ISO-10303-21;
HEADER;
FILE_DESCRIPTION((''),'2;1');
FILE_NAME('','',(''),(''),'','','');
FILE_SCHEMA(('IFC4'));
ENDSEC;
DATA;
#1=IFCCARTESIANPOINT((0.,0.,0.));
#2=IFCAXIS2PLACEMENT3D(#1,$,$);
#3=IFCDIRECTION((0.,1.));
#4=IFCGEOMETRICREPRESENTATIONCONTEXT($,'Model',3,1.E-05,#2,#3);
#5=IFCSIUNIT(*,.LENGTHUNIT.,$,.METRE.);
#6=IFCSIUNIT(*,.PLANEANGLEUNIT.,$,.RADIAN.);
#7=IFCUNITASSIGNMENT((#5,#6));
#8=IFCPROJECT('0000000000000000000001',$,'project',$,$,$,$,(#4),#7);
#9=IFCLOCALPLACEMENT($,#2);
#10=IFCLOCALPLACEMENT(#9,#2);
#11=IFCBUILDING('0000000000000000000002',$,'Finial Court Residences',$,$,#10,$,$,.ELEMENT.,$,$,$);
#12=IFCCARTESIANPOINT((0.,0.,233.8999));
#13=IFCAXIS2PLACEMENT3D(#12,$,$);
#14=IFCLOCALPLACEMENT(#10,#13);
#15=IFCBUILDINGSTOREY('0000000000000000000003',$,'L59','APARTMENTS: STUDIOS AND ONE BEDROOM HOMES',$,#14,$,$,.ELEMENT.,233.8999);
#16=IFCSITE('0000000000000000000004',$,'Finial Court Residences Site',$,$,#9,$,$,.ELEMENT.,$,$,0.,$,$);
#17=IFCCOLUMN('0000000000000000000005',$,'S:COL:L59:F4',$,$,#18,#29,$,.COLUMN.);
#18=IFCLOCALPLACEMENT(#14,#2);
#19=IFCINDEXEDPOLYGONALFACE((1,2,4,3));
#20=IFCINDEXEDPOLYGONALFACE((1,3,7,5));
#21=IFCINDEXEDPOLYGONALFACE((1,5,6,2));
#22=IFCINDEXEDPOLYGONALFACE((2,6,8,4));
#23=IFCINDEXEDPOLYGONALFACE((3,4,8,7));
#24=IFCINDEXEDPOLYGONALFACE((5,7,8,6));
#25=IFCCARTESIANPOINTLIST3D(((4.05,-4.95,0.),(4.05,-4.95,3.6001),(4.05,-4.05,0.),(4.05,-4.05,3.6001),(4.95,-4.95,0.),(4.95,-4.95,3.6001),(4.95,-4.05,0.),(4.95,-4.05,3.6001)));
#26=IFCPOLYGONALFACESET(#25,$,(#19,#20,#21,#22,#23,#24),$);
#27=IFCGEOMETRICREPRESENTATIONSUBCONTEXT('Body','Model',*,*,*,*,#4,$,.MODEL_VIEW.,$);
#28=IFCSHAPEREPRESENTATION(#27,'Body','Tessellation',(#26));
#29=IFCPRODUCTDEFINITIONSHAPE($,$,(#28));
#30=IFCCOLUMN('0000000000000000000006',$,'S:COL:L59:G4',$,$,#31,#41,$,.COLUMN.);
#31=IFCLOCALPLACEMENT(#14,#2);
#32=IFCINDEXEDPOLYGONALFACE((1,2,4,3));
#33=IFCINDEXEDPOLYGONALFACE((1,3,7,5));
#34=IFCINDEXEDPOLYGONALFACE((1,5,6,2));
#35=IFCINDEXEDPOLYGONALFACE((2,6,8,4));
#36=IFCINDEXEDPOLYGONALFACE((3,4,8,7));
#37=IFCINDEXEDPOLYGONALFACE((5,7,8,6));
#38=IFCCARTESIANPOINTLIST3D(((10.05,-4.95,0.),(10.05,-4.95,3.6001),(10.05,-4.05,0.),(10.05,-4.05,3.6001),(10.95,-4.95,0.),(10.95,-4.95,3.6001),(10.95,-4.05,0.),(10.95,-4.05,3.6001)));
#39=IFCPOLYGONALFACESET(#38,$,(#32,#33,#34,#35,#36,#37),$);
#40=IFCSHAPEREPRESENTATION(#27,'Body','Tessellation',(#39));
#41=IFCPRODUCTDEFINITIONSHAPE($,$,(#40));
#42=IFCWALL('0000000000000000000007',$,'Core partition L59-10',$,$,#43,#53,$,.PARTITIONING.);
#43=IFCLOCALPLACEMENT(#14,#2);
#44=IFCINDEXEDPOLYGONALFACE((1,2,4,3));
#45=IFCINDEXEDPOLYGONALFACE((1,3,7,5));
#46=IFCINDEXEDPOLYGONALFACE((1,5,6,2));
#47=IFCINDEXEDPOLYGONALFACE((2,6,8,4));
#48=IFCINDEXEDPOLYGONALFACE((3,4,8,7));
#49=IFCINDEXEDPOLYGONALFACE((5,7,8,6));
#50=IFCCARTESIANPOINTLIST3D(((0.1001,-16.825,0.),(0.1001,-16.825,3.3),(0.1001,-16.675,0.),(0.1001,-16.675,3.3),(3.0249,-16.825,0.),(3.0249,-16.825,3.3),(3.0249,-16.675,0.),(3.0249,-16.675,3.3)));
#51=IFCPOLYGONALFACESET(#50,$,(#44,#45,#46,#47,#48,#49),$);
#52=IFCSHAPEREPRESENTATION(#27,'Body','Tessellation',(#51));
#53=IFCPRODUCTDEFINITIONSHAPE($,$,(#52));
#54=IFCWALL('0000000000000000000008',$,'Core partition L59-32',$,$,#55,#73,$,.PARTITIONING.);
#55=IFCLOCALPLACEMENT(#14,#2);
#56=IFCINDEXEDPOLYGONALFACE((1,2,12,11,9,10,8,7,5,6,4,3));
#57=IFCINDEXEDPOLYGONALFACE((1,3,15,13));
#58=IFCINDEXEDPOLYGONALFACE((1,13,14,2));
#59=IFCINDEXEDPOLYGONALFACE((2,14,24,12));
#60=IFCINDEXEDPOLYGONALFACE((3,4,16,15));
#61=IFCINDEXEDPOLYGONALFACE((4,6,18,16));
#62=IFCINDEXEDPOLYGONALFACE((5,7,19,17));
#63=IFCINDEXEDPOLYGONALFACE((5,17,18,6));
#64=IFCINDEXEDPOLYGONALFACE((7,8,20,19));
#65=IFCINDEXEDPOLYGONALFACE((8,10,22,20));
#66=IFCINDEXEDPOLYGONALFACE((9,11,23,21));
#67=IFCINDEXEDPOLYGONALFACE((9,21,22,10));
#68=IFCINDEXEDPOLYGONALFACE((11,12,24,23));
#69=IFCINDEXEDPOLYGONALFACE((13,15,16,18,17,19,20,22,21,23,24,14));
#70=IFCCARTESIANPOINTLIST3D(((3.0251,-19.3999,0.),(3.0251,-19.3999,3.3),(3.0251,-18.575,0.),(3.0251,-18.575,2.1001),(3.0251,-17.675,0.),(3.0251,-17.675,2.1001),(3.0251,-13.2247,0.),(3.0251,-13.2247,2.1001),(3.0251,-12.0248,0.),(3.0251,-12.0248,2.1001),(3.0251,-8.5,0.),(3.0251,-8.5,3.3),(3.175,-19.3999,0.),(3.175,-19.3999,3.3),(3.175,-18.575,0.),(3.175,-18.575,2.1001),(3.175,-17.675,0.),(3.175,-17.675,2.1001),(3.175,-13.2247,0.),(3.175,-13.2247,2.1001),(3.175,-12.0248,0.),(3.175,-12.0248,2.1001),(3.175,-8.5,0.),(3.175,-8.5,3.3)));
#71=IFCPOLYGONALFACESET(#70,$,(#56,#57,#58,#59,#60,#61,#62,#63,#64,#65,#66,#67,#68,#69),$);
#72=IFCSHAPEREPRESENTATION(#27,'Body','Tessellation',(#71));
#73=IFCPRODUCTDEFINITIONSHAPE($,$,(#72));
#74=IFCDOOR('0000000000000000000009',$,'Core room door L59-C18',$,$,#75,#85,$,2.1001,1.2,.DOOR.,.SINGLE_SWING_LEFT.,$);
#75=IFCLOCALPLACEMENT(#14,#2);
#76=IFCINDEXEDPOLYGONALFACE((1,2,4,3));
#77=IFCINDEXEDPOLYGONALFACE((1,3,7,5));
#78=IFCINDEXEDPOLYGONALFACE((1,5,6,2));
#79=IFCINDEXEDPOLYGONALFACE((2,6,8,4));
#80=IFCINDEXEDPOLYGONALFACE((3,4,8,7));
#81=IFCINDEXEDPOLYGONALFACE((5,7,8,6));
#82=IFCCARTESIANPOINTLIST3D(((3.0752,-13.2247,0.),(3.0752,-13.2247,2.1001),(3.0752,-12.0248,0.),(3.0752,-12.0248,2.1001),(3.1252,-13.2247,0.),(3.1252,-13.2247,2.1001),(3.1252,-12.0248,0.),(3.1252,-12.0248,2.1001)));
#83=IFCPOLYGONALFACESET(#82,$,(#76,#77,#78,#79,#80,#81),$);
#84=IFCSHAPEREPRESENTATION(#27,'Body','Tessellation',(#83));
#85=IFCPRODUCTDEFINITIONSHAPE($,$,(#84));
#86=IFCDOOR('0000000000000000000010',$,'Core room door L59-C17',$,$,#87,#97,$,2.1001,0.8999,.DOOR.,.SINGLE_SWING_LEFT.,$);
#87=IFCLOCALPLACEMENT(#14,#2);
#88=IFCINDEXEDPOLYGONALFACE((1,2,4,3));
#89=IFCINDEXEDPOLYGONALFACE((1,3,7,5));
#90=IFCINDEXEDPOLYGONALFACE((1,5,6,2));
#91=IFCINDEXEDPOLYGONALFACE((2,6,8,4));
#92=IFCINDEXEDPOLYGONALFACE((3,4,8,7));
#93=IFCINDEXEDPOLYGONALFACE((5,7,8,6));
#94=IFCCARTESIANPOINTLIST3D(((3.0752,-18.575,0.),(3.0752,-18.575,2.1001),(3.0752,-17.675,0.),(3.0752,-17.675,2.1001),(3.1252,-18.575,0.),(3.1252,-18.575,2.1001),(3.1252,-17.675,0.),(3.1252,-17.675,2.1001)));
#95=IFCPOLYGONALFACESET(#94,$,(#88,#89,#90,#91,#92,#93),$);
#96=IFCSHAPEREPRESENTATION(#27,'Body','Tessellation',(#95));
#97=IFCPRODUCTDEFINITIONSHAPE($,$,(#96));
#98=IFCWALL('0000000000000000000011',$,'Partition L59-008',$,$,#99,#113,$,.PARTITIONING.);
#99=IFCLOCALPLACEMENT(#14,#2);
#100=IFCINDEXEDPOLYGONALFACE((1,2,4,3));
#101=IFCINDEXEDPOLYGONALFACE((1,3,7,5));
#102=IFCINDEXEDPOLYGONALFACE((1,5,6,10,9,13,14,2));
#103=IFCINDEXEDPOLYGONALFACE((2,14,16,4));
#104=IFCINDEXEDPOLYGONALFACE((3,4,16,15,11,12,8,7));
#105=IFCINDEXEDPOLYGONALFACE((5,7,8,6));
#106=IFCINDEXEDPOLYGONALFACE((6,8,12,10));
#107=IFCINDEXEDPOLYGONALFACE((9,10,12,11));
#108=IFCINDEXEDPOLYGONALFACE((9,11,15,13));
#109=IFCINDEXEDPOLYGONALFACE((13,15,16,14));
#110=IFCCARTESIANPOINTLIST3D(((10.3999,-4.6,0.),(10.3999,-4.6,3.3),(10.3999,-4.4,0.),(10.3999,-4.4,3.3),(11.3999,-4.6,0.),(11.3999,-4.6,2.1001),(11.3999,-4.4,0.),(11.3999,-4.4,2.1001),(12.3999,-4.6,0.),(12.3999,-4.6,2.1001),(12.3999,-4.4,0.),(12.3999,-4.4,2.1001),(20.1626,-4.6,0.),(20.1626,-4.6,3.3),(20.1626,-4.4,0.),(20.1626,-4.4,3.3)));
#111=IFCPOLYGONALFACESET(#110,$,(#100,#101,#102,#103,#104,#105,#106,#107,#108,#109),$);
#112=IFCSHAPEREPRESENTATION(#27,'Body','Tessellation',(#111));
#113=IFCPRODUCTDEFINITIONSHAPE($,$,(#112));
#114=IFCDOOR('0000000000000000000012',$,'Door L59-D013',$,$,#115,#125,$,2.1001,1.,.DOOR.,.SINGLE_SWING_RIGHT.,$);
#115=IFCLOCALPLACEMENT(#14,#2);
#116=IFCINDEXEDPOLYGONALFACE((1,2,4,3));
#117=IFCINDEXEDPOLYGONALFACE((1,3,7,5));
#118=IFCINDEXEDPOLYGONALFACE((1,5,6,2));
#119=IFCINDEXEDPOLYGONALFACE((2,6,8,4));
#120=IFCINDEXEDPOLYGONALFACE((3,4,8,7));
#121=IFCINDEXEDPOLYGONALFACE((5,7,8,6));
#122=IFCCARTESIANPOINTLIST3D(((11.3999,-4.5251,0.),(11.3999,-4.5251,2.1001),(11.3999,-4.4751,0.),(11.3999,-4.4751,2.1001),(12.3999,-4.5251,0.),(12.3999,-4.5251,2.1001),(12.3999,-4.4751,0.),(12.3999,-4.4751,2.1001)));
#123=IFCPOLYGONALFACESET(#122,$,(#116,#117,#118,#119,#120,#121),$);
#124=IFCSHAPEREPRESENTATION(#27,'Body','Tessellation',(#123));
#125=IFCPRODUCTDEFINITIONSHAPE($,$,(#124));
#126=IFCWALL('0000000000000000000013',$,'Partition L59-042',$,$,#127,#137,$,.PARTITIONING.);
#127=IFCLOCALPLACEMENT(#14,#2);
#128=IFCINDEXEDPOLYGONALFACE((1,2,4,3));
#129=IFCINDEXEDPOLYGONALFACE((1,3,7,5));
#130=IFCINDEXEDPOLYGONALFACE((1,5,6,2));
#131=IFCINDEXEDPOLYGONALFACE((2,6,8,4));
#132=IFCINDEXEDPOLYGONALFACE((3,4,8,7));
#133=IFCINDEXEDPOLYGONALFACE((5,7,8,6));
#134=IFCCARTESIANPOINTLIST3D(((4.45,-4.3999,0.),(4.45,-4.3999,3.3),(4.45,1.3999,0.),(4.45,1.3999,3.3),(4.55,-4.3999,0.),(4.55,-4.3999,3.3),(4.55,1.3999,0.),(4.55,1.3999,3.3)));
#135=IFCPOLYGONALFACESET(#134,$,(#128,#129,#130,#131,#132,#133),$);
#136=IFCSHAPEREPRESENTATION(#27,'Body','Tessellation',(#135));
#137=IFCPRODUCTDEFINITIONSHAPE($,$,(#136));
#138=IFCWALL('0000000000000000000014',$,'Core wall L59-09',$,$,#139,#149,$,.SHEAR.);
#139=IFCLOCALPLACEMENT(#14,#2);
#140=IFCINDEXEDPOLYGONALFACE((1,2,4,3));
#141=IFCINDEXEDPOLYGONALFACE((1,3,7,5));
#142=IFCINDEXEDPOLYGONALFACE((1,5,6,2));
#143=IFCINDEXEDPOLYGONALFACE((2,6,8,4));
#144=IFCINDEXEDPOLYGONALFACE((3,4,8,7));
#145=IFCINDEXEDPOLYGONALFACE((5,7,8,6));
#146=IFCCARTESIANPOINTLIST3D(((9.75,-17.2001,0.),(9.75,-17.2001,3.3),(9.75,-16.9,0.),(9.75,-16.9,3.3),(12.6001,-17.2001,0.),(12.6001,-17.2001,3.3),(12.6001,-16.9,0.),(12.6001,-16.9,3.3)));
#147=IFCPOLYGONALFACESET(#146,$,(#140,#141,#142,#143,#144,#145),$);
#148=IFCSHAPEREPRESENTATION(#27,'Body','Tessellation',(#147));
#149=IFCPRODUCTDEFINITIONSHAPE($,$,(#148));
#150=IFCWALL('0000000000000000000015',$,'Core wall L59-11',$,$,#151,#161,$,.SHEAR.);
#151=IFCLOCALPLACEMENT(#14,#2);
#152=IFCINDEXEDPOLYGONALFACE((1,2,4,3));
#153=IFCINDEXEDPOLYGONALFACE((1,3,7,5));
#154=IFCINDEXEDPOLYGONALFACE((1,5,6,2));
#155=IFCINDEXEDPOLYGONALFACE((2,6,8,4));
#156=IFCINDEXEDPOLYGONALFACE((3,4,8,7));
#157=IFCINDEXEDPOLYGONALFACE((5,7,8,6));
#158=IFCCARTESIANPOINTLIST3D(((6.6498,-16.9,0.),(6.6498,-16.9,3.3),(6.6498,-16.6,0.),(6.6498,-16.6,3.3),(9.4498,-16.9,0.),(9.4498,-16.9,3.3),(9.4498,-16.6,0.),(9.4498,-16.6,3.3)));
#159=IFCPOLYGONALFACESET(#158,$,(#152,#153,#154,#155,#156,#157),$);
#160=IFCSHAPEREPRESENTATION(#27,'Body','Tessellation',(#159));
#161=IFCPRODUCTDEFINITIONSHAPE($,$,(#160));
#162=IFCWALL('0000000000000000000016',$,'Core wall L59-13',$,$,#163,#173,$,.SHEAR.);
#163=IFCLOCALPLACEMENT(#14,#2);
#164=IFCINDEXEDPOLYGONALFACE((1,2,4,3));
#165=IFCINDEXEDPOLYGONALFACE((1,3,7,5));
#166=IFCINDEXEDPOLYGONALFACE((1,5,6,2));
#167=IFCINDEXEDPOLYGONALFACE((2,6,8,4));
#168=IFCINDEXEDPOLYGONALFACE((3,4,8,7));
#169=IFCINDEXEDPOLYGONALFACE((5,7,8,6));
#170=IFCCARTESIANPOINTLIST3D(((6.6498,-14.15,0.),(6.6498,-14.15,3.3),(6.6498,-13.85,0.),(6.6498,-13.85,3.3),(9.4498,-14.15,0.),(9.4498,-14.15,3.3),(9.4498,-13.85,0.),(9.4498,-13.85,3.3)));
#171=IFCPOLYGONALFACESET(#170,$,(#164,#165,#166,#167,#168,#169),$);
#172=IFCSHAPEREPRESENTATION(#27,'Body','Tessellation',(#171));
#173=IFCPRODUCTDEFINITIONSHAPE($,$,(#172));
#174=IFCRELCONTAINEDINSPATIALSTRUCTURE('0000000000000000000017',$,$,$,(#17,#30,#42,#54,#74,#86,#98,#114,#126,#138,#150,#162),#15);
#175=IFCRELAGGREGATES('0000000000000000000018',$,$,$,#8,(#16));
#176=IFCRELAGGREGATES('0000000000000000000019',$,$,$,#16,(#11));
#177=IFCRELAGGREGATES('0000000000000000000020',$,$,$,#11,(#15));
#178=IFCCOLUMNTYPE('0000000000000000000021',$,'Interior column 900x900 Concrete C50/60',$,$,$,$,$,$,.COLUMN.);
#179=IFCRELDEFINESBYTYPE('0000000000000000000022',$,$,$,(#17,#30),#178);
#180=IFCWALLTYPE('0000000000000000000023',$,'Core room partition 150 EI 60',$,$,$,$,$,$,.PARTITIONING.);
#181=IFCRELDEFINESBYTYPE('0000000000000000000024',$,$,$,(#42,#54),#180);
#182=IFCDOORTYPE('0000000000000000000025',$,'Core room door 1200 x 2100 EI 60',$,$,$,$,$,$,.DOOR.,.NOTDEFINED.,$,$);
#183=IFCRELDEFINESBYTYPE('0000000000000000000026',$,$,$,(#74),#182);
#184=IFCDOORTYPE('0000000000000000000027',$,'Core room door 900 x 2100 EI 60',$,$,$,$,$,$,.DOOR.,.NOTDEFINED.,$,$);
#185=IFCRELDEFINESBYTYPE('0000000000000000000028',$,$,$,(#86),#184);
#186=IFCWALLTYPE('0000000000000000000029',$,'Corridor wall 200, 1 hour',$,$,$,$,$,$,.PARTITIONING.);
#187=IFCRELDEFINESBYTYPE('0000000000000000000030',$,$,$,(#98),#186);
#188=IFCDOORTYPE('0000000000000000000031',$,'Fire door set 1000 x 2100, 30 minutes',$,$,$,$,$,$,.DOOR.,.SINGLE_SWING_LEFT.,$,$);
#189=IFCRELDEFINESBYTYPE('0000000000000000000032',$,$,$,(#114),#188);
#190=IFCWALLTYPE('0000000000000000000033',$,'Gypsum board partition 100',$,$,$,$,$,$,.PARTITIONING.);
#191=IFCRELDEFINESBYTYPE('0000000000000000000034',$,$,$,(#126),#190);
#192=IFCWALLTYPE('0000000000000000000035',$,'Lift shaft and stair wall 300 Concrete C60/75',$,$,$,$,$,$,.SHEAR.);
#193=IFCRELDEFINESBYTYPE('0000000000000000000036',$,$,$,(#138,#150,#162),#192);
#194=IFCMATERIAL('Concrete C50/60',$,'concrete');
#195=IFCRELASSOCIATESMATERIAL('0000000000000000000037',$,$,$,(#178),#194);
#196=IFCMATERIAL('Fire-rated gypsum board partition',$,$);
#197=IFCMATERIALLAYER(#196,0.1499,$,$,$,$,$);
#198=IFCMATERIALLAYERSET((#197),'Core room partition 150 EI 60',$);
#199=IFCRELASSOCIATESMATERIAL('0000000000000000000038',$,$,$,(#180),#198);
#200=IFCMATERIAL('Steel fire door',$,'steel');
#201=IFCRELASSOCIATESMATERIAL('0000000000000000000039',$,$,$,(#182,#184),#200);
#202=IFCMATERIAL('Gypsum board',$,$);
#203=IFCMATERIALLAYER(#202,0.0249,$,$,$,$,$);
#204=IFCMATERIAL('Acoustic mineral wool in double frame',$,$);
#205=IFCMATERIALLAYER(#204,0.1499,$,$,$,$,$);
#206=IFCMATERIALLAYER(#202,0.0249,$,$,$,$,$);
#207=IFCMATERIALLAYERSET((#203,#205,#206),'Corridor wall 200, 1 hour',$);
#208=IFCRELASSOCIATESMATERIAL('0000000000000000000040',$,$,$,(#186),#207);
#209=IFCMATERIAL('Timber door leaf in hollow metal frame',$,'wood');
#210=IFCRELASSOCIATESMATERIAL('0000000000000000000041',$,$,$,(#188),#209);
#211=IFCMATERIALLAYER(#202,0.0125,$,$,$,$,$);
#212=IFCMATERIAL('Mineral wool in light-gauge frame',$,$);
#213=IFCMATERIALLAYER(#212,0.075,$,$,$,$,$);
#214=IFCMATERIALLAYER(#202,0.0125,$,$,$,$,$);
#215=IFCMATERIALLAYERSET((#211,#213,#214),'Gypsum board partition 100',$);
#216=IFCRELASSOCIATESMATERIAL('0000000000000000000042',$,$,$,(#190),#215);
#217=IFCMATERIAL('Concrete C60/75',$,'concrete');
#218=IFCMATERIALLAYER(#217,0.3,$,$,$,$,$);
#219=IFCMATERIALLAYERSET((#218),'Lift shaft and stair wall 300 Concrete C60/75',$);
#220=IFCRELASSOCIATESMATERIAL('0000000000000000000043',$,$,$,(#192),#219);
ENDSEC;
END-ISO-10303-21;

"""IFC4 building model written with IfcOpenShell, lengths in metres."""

from ifc_helpers import new_model, si_unit, direction, frame, frame_2d, origin, origin_2d, place, context, subcontext, project, spatial, rectangle, extrude, material, layer, layer_set, material_profile, profile_set, type_object, element, fill, save


model = new_model("IFC4")

# Units and contexts
model_context = context("Model", 3, precision=1e-05, world=origin(), true_north=direction((0.0, 1.0)))
body_context = subcontext(model_context, "Body", "Model", "MODEL_VIEW")
ifc_project = project(units=[si_unit("LENGTHUNIT", "METRE"), si_unit("PLANEANGLEUNIT", "RADIAN")], contexts=[model_context])

# Site, building, storey
site_placement = place(None, origin())
site = spatial("IfcSite", under=ifc_project, at=site_placement, Name="Finial Court Residences Site", CompositionType="ELEMENT", RefElevation=0.0)
building_placement = place(site_placement, origin())
building = spatial("IfcBuilding", under=site, at=building_placement, Name="Finial Court Residences", CompositionType="ELEMENT")
storey_placement = place(building_placement, frame((0.0, 0.0, 233.8999)))
storey = spatial("IfcBuildingStorey", under=building, at=storey_placement, Name="L59", Description="APARTMENTS: STUDIOS AND ONE BEDROOM HOMES", CompositionType="ELEMENT", Elevation=233.8999)

# Columns
ifc_material_1 = material(Name="Concrete C50/60", Category="concrete")
ifc_material_profile = material_profile(ifc_material_1, rectangle(XDim=0.8999, YDim=0.8999, at=origin_2d()), Name="900x900")
ifc_profile_set = profile_set([ifc_material_profile], Name="Concrete C50/60")
column_type = type_object("IfcColumnType", Name="Interior column 900x900 Concrete C50/60", PredefinedType="COLUMN", material=ifc_profile_set)
for number, where, z_axis, x_axis, name in (
    (1, (4.5, -4.5, 0.0), (0.0, 0.0, 1.0), (1.0, 0.0, 0.0), "S:COL:L59:F4"),
    (2, (10.5, -4.5, 0.0), (0.0, 0.0, 1.0), (1.0, 0.0, 0.0), "S:COL:L59:G4"),
):
    element("IfcColumn", number, at=place(storey_placement, frame(where, z_axis=z_axis, x_axis=x_axis)), inside=storey, type_object=column_type, Name=name, PredefinedType="COLUMN", context=body_context, shape_type="SweptSolid", body=[
        extrude(rectangle(XDim=0.8999, YDim=0.8999, at=origin_2d()), origin(), (0.0, 0.0, 1.0), 3.6001),
    ])

# Wall
ifc_material_2 = material(Name="Fire-rated gypsum board partition")
ifc_layer_1 = layer(ifc_material_2, 0.1499)
ifc_layer_set_1 = layer_set([ifc_layer_1], Name="Core room partition 150 EI 60")
wall_type_1 = type_object("IfcWallType", Name="Core room partition 150 EI 60", PredefinedType="PARTITIONING", material=ifc_layer_set_1)
wall_1_placement = place(storey_placement, frame((0.1001, -16.75, 0.0), z_axis=(0.0, 0.0, 1.0), x_axis=(1.0, 0.0, 0.0)))
element("IfcWall", 3, at=wall_1_placement, inside=storey, type_object=wall_type_1, Name="Core partition L59-10", PredefinedType="PARTITIONING", context=body_context, shape_type="SweptSolid", body=[
    extrude(rectangle(XDim=2.9248, YDim=0.1499, at=frame_2d((1.4624, 0.0))), origin(), (0.0, 0.0, 1.0), 3.3),
])

# Wall, openings, doors
wall_2_placement = place(storey_placement, frame((3.1001, -19.3999, 0.0), z_axis=(0.0, 0.0, 1.0), x_axis=(0.0, 1.0, 0.0)))
wall_2 = element("IfcWall", 4, at=wall_2_placement, inside=storey, type_object=wall_type_1, Name="Core partition L59-32", PredefinedType="PARTITIONING", context=body_context, shape_type="SweptSolid", body=[
    extrude(rectangle(XDim=10.8999, YDim=0.1499, at=frame_2d((5.45, 0.0))), origin(), (0.0, 0.0, 1.0), 3.3),
])
opening_1_placement = place(wall_2_placement, frame((0.825, 0.0, 0.0)))
opening_1 = element("IfcOpeningElement", 5, at=opening_1_placement, cuts=wall_2, PredefinedType="OPENING", context=body_context, shape_type="SweptSolid", body=[
    extrude(rectangle(XDim=0.8999, YDim=2.1001, at=frame_2d((0.45, 1.05))), frame((0.0, 0.085, 0.0), z_axis=(0.0, -1.0, 0.0), x_axis=(1.0, 0.0, 0.0)), (0.0, 0.0, 1.0), 0.1699),
])
opening_2_placement = place(wall_2_placement, frame((6.175, 0.0, 0.0)))
opening_2 = element("IfcOpeningElement", 6, at=opening_2_placement, cuts=wall_2, PredefinedType="OPENING", context=body_context, shape_type="SweptSolid", body=[
    extrude(rectangle(XDim=1.2, YDim=2.1001, at=frame_2d((0.6001, 1.05))), frame((0.0, 0.085, 0.0), z_axis=(0.0, -1.0, 0.0), x_axis=(1.0, 0.0, 0.0)), (0.0, 0.0, 1.0), 0.1699),
])
ifc_material_3 = material(Name="Steel fire door", Category="steel")
door_type_1 = type_object("IfcDoorType", Name="Core room door 1200 x 2100 EI 60", OperationType="NOTDEFINED", PredefinedType="DOOR", material=ifc_material_3)
door_1_placement = place(opening_2_placement, origin())
door_1 = element("IfcDoor", 7, at=door_1_placement, inside=storey, type_object=door_type_1, Name="Core room door L59-C18", OperationType="SINGLE_SWING_LEFT", OverallHeight=2.1001, OverallWidth=1.2, PredefinedType="DOOR", context=body_context, shape_type="SweptSolid", body=[
    extrude(rectangle(XDim=1.2, YDim=2.1001, at=frame_2d((0.6001, 1.05))), frame((0.0, 0.0249, 0.0), z_axis=(0.0, -1.0, 0.0), x_axis=(1.0, 0.0, 0.0)), (0.0, 0.0, 1.0), 0.05),
])
fill(opening_2, door_1)
door_type_2 = type_object("IfcDoorType", Name="Core room door 900 x 2100 EI 60", OperationType="NOTDEFINED", PredefinedType="DOOR", material=ifc_material_3)
door_2_placement = place(opening_1_placement, origin())
door_2 = element("IfcDoor", 8, at=door_2_placement, inside=storey, type_object=door_type_2, Name="Core room door L59-C17", OperationType="SINGLE_SWING_LEFT", OverallHeight=2.1001, OverallWidth=0.8999, PredefinedType="DOOR", context=body_context, shape_type="SweptSolid", body=[
    extrude(rectangle(XDim=0.8999, YDim=2.1001, at=frame_2d((0.45, 1.05))), frame((0.0, 0.0249, 0.0), z_axis=(0.0, -1.0, 0.0), x_axis=(1.0, 0.0, 0.0)), (0.0, 0.0, 1.0), 0.05),
])
fill(opening_1, door_2)

# Wall, opening, door
ifc_material_4 = material(Name="Gypsum board")
ifc_layer_2 = layer(ifc_material_4, 0.0249)
ifc_material_5 = material(Name="Acoustic mineral wool in double frame")
ifc_layer_3 = layer(ifc_material_5, 0.1499)
ifc_layer_4 = layer(ifc_material_4, 0.0249)
ifc_layer_set_2 = layer_set([ifc_layer_2, ifc_layer_3, ifc_layer_4], Name="Corridor wall 200, 1 hour")
wall_type_2 = type_object("IfcWallType", Name="Corridor wall 200, 1 hour", PredefinedType="PARTITIONING", material=ifc_layer_set_2)
wall_3_placement = place(storey_placement, frame((10.3999, -4.5, 0.0), z_axis=(0.0, 0.0, 1.0), x_axis=(1.0, 0.0, 0.0)))
wall_3 = element("IfcWall", 9, at=wall_3_placement, inside=storey, type_object=wall_type_2, Name="Partition L59-008", PredefinedType="PARTITIONING", context=body_context, shape_type="SweptSolid", body=[
    extrude(rectangle(XDim=9.7627, YDim=0.2, at=frame_2d((4.8813, 0.0))), origin(), (0.0, 0.0, 1.0), 3.3),
])
opening_3_placement = place(wall_3_placement, frame((1.0, 0.0, 0.0)))
opening_3 = element("IfcOpeningElement", 10, at=opening_3_placement, cuts=wall_3, PredefinedType="OPENING", context=body_context, shape_type="SweptSolid", body=[
    extrude(rectangle(XDim=1.0, YDim=2.1001, at=frame_2d((0.5, 1.05))), frame((0.0, 0.1099, 0.0), z_axis=(0.0, -1.0, 0.0), x_axis=(1.0, 0.0, 0.0)), (0.0, 0.0, 1.0), 0.22),
])
ifc_material_6 = material(Name="Timber door leaf in hollow metal frame", Category="wood")
door_type_3 = type_object("IfcDoorType", Name="Fire door set 1000 x 2100, 30 minutes", OperationType="SINGLE_SWING_LEFT", PredefinedType="DOOR", material=ifc_material_6)
door_3_placement = place(opening_3_placement, origin())
door_3 = element("IfcDoor", 11, at=door_3_placement, inside=storey, type_object=door_type_3, Name="Door L59-D013", OperationType="SINGLE_SWING_RIGHT", OverallHeight=2.1001, OverallWidth=1.0, PredefinedType="DOOR", context=body_context, shape_type="SweptSolid", body=[
    extrude(rectangle(XDim=1.0, YDim=2.1001, at=frame_2d((0.5, 1.05))), frame((0.0, 0.0249, 0.0), z_axis=(0.0, -1.0, 0.0), x_axis=(1.0, 0.0, 0.0)), (0.0, 0.0, 1.0), 0.05),
])
fill(opening_3, door_3)

# Walls
ifc_layer_5 = layer(ifc_material_4, 0.0125)
ifc_material_7 = material(Name="Mineral wool in light-gauge frame")
ifc_layer_6 = layer(ifc_material_7, 0.075)
ifc_layer_7 = layer(ifc_material_4, 0.0125)
ifc_layer_set_3 = layer_set([ifc_layer_5, ifc_layer_6, ifc_layer_7], Name="Gypsum board partition 100")
wall_type_3 = type_object("IfcWallType", Name="Gypsum board partition 100", PredefinedType="PARTITIONING", material=ifc_layer_set_3)
wall_4_placement = place(storey_placement, frame((4.5, -4.3999, 0.0), z_axis=(0.0, 0.0, 1.0), x_axis=(0.0, 1.0, 0.0)))
element("IfcWall", 12, at=wall_4_placement, inside=storey, type_object=wall_type_3, Name="Partition L59-042", PredefinedType="PARTITIONING", context=body_context, shape_type="SweptSolid", body=[
    extrude(rectangle(XDim=5.7998, YDim=0.1001, at=frame_2d((2.8999, 0.0))), origin(), (0.0, 0.0, 1.0), 3.3),
])
ifc_material_8 = material(Name="Concrete C60/75", Category="concrete")
ifc_layer_8 = layer(ifc_material_8, 0.3)
ifc_layer_set_4 = layer_set([ifc_layer_8], Name="Lift shaft and stair wall 300 Concrete C60/75")
wall_type_4 = type_object("IfcWallType", Name="Lift shaft and stair wall 300 Concrete C60/75", PredefinedType="SHEAR", material=ifc_layer_set_4)
wall_5_placement = place(storey_placement, frame((9.75, -17.05, 0.0), z_axis=(0.0, 0.0, 1.0), x_axis=(1.0, 0.0, 0.0)))
element("IfcWall", 13, at=wall_5_placement, inside=storey, type_object=wall_type_4, Name="Core wall L59-09", PredefinedType="SHEAR", context=body_context, shape_type="SweptSolid", body=[
    extrude(rectangle(XDim=2.8501, YDim=0.3, at=frame_2d((1.425, 0.0))), origin(), (0.0, 0.0, 1.0), 3.3),
])
for number, where, z_axis, x_axis, name in (
    (14, (6.6499, -16.75, 0.0), (0.0, 0.0, 1.0), (1.0, 0.0, 0.0), "Core wall L59-11"),
    (15, (6.6499, -14.0, 0.0), (0.0, 0.0, 1.0), (1.0, 0.0, 0.0), "Core wall L59-13"),
):
    element("IfcWall", number, at=place(storey_placement, frame(where, z_axis=z_axis, x_axis=x_axis)), inside=storey, type_object=wall_type_4, Name=name, PredefinedType="SHEAR", context=body_context, shape_type="SweptSolid", body=[
        extrude(rectangle(XDim=2.8, YDim=0.3, at=frame_2d((1.3999, 0.0))), origin(), (0.0, 0.0, 1.0), 3.3),
    ])

save(model, "model.ifc")
